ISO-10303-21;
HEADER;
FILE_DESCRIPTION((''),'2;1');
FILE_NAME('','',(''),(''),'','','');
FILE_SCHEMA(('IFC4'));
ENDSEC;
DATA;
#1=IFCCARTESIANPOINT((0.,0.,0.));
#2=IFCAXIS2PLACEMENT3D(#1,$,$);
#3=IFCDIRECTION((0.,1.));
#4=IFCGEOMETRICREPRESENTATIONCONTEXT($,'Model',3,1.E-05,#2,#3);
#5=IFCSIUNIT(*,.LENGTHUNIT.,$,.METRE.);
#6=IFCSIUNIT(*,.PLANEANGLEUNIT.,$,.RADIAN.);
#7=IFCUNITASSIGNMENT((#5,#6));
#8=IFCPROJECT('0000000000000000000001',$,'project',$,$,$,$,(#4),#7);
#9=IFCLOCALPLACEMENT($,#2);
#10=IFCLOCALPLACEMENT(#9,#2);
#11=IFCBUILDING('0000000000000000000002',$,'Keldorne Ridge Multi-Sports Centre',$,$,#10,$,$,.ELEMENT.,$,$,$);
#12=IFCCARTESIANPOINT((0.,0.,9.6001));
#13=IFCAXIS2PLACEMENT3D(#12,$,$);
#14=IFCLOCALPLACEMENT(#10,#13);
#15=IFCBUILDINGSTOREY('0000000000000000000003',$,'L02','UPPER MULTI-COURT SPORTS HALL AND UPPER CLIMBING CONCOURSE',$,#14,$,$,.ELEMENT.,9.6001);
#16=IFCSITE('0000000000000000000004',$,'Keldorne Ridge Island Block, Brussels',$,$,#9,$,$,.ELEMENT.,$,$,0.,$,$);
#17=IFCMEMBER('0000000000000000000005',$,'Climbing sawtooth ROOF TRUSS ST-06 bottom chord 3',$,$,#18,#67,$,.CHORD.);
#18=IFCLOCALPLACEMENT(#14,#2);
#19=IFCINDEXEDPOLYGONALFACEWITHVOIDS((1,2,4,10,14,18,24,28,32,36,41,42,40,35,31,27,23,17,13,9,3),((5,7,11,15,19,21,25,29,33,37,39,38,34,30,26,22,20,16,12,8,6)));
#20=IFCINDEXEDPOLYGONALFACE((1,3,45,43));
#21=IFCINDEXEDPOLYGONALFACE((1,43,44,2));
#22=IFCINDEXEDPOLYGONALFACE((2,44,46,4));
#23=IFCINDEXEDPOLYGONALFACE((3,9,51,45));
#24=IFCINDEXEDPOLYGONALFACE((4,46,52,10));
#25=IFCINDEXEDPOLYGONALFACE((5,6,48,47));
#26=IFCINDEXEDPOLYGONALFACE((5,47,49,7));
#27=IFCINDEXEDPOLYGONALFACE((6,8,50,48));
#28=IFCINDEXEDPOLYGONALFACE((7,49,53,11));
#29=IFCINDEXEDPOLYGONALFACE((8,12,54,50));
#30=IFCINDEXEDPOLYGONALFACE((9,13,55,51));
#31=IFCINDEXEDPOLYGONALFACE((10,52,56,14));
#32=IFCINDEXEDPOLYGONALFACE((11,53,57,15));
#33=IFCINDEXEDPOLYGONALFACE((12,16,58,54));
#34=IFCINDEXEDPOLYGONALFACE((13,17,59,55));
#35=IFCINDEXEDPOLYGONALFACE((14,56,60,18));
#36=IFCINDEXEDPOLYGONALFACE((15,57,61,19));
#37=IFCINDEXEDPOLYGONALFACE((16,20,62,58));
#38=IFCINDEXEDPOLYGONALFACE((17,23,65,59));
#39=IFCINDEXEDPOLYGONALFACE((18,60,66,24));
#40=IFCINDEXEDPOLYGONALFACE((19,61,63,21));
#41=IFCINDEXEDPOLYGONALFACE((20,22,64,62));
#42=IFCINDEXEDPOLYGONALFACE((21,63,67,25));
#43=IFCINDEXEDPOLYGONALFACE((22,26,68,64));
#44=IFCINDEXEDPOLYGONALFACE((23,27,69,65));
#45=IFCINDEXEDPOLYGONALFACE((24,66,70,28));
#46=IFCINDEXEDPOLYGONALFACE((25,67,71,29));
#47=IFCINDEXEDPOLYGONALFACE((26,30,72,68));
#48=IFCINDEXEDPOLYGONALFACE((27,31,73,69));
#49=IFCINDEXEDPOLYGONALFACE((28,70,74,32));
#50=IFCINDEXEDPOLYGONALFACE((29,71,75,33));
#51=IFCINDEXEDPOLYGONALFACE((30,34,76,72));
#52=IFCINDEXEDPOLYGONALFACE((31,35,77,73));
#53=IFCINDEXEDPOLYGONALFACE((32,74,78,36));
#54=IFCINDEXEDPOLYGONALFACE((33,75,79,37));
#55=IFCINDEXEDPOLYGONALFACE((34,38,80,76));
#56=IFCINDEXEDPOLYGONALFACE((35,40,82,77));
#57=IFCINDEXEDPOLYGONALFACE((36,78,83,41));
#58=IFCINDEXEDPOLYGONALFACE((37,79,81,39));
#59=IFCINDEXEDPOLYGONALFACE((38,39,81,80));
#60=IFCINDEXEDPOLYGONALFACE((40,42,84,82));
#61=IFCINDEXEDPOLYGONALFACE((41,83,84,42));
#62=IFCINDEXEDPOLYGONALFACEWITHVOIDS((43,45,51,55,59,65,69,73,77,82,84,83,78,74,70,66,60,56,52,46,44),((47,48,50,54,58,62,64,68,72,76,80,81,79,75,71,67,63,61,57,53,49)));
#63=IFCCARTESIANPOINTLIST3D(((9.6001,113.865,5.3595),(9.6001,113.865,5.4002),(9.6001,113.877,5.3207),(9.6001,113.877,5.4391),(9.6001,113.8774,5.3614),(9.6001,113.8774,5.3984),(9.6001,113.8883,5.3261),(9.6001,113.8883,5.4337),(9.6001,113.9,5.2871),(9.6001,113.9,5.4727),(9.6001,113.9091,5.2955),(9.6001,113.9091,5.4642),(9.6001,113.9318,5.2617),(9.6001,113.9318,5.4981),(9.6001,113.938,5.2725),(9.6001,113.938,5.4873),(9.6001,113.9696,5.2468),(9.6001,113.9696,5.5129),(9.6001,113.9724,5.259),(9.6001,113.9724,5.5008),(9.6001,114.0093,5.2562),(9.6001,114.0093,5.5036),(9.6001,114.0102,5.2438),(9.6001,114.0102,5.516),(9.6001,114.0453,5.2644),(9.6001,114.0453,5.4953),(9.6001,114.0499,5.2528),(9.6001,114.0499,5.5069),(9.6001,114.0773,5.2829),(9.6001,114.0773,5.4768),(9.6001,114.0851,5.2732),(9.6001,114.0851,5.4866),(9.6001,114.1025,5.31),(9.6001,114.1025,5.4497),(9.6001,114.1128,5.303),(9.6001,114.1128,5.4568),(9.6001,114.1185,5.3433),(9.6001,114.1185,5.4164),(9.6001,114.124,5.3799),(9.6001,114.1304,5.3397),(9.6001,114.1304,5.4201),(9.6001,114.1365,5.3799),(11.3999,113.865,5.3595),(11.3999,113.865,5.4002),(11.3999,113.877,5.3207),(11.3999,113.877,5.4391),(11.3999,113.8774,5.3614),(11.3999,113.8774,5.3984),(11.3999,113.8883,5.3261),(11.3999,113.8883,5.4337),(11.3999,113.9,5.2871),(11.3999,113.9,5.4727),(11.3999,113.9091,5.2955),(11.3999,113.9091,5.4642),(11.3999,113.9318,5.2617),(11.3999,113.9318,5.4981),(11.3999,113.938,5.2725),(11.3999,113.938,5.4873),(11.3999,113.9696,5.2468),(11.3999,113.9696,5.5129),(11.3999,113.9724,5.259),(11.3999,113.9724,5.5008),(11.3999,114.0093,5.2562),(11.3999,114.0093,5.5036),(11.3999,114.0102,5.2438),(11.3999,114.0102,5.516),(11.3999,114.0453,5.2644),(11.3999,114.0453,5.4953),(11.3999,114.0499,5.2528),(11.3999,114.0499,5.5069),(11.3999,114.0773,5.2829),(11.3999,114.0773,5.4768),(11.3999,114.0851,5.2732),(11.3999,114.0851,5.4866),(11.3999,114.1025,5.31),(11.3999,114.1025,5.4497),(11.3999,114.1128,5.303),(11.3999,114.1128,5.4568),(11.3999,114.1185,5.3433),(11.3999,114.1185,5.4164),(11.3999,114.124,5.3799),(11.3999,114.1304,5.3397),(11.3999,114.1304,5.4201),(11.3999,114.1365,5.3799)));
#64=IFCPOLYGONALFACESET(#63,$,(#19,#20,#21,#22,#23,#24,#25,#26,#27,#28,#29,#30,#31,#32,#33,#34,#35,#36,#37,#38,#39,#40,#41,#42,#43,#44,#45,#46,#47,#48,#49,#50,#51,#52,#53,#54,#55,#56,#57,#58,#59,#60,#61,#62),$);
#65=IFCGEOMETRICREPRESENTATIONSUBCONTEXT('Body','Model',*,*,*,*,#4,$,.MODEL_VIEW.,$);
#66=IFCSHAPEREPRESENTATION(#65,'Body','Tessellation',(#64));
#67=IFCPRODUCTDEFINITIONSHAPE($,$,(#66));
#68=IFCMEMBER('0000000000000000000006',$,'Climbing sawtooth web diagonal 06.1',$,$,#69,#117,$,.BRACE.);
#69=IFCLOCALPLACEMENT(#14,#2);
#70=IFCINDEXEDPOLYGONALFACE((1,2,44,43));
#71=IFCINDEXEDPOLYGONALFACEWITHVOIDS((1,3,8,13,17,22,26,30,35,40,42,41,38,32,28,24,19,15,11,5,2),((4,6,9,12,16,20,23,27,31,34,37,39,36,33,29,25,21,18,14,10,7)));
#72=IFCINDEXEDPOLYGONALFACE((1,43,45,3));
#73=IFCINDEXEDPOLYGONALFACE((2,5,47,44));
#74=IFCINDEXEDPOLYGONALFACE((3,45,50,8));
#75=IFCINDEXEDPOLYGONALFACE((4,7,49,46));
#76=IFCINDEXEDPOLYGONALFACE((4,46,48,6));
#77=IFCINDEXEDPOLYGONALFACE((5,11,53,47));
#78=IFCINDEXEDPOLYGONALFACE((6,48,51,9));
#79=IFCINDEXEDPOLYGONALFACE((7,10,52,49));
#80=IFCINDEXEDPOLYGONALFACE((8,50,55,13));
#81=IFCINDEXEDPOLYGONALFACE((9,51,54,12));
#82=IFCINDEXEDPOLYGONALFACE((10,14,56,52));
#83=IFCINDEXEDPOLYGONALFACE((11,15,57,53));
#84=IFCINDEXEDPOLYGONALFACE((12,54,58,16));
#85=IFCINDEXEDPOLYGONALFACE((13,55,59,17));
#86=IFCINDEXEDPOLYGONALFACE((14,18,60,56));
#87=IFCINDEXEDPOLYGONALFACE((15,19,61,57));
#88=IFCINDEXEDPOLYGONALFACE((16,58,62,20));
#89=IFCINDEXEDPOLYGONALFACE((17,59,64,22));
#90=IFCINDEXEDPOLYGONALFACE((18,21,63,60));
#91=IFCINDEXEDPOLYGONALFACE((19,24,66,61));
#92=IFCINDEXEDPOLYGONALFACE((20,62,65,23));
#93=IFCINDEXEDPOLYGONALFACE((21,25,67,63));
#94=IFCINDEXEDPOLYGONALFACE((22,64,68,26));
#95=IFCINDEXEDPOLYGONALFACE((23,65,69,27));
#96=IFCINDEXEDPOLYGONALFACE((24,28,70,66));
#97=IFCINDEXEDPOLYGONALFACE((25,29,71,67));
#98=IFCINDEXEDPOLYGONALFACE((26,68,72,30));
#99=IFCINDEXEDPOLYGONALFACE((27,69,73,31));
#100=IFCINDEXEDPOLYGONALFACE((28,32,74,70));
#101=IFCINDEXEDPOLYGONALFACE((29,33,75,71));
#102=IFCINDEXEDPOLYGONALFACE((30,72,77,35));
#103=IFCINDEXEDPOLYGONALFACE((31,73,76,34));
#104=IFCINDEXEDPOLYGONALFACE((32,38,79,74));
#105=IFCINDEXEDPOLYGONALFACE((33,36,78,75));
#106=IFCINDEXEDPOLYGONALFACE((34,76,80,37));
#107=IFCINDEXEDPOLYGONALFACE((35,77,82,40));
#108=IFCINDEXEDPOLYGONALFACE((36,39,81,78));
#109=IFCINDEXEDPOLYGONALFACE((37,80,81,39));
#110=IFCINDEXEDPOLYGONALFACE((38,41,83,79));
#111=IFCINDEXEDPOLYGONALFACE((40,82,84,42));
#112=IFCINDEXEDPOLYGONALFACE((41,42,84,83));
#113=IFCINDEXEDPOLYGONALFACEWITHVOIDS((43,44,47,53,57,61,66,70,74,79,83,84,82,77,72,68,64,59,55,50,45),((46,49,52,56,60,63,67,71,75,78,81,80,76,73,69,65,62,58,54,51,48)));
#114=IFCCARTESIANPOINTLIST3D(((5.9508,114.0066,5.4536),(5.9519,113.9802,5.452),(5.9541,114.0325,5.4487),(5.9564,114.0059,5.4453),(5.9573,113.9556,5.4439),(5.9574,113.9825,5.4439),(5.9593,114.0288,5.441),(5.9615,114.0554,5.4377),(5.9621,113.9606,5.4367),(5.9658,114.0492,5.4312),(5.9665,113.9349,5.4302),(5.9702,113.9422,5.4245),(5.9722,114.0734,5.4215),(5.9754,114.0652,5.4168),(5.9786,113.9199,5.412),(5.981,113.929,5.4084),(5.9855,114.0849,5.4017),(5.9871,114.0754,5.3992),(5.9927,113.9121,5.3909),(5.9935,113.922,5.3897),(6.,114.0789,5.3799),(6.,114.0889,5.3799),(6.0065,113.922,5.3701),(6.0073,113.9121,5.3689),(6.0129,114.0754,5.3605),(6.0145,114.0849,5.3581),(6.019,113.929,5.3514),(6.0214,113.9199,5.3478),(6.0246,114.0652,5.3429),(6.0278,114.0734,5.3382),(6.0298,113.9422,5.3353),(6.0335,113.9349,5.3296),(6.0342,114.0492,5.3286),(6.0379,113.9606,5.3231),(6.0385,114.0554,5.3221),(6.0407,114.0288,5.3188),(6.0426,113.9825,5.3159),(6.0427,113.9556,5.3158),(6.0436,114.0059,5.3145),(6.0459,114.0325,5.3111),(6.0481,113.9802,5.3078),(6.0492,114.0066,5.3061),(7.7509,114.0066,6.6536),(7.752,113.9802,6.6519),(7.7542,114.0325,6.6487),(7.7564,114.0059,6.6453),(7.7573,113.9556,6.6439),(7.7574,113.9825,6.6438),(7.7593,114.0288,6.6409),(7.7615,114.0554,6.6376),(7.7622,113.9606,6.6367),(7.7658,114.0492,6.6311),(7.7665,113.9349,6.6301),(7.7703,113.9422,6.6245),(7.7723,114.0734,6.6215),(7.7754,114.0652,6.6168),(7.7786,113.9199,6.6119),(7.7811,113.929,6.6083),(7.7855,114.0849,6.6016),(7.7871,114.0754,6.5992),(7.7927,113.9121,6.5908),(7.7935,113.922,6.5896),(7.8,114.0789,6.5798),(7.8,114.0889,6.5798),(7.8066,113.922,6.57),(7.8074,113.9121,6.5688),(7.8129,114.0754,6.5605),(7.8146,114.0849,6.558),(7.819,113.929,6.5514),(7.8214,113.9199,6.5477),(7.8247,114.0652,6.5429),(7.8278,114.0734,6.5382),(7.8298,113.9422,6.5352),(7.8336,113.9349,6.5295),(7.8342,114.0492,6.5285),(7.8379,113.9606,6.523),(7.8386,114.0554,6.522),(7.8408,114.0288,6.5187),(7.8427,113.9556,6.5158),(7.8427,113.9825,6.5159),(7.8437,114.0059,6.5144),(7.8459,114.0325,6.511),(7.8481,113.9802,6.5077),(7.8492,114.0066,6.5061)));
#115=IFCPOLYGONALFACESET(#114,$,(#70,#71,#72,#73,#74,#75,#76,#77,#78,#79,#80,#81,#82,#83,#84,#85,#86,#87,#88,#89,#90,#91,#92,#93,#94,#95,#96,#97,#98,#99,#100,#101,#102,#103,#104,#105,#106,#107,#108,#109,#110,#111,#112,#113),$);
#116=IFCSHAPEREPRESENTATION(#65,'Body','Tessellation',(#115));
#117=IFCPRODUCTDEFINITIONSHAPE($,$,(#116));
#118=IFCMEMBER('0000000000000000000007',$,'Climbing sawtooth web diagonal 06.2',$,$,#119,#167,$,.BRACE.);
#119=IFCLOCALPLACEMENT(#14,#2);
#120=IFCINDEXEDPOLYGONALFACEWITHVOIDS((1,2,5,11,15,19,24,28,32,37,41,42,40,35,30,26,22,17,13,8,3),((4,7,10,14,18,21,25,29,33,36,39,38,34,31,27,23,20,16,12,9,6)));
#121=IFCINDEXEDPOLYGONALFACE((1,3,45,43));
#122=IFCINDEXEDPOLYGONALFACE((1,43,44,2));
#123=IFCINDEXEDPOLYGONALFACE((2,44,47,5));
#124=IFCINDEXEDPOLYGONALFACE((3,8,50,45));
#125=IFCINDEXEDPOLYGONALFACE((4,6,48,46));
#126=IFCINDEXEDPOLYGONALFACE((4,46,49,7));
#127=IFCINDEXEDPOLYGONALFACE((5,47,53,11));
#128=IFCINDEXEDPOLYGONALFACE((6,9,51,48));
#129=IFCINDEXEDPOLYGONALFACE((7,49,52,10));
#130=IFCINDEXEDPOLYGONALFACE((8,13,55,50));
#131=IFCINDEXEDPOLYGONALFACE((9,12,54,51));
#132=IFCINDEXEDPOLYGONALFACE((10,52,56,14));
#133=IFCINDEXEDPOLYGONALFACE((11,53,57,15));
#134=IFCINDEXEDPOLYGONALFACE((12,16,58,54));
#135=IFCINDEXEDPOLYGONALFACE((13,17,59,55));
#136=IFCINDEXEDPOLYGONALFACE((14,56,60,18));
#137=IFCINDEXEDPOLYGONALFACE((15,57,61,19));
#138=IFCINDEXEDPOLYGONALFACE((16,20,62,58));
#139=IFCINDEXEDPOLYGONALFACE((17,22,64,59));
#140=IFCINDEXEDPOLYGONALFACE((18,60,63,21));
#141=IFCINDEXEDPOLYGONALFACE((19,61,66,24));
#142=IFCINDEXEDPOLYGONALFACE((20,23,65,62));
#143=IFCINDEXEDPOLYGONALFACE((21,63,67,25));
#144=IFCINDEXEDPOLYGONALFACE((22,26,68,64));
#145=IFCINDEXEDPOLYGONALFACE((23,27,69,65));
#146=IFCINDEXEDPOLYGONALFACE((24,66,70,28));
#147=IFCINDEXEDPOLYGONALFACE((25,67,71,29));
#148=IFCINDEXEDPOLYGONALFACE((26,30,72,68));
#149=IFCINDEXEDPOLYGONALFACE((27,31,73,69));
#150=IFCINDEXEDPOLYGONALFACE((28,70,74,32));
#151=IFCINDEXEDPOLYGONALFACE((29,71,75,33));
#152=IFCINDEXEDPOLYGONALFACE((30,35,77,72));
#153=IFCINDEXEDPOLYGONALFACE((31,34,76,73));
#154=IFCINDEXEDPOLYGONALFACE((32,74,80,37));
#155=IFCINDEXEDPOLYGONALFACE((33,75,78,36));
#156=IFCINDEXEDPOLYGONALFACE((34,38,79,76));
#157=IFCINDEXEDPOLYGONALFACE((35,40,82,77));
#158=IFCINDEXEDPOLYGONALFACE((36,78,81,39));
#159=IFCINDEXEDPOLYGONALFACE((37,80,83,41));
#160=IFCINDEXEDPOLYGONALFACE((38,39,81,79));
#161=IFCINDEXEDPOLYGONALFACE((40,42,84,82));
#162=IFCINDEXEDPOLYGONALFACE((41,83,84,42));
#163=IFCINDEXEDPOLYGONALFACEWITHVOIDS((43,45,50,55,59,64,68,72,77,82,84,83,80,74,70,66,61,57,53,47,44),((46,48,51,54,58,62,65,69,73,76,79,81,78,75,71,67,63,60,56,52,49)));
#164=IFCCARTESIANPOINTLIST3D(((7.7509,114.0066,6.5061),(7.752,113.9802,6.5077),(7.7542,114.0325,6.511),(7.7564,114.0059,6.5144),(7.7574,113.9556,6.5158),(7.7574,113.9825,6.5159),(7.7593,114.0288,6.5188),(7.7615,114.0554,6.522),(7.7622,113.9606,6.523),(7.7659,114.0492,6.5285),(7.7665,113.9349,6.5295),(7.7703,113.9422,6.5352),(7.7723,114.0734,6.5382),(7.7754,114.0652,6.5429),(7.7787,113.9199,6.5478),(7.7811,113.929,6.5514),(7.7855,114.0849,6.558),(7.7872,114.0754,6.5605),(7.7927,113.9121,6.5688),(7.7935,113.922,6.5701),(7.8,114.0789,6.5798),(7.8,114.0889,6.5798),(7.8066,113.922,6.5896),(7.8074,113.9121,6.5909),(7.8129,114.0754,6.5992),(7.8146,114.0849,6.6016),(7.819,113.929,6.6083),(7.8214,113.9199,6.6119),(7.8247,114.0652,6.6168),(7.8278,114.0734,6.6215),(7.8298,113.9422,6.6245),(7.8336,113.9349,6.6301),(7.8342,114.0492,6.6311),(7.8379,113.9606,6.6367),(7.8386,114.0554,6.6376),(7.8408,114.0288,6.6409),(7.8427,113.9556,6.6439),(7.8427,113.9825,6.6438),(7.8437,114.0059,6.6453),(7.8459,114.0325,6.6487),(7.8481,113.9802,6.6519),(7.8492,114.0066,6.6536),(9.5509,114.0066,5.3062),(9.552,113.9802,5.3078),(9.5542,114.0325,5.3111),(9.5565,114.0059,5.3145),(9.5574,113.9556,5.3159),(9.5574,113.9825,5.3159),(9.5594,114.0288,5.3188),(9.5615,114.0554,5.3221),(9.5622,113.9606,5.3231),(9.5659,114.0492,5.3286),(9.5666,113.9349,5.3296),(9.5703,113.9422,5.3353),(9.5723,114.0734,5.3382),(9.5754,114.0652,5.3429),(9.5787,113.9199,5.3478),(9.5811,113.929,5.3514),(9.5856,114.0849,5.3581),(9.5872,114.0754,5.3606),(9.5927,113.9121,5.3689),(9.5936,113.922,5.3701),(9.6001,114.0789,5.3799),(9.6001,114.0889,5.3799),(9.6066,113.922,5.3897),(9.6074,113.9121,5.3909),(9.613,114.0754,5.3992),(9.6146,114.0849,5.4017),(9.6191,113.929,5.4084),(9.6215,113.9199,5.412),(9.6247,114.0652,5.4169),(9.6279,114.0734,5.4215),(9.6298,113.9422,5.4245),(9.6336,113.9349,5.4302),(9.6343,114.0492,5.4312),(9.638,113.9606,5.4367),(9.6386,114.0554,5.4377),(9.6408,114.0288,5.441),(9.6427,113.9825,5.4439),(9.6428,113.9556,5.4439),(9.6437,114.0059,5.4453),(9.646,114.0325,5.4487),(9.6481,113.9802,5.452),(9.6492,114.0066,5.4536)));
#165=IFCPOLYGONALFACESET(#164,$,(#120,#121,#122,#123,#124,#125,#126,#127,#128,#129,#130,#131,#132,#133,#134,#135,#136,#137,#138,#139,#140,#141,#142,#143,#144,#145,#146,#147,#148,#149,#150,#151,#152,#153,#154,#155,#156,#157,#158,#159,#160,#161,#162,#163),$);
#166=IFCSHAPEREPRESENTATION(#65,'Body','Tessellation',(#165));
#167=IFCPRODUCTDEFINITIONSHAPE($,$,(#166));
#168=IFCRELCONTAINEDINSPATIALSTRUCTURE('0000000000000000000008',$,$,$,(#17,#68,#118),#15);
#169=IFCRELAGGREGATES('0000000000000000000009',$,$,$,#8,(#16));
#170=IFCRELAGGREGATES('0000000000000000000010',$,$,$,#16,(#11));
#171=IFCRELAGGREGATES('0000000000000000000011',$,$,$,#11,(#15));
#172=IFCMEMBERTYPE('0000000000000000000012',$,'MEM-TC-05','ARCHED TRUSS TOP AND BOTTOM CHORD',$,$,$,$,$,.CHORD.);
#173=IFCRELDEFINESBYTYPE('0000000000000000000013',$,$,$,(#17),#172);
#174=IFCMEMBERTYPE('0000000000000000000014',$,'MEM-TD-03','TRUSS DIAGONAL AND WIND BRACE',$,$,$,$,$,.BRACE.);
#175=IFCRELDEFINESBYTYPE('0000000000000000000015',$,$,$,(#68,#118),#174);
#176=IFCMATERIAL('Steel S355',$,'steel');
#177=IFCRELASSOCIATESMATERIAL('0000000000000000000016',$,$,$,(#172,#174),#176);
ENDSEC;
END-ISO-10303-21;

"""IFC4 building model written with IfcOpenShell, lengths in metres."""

from ifc_helpers import new_model, si_unit, direction, frame, origin, origin_2d, place, context, subcontext, project, spatial, hollow_circle, extrude, material, material_profile, profile_set, type_object, element, save


model = new_model("IFC4")

# Units and contexts
model_context = context("Model", 3, precision=1e-05, world=origin(), true_north=direction((0.0, 1.0)))
body_context = subcontext(model_context, "Body", "Model", "MODEL_VIEW")
ifc_project = project(units=[si_unit("LENGTHUNIT", "METRE"), si_unit("PLANEANGLEUNIT", "RADIAN")], contexts=[model_context])

# Site, building, storey
site_placement = place(None, origin())
site = spatial("IfcSite", under=ifc_project, at=site_placement, Name="Keldorne Ridge Island Block, Brussels", CompositionType="ELEMENT", RefElevation=0.0)
building_placement = place(site_placement, origin())
building = spatial("IfcBuilding", under=site, at=building_placement, Name="Keldorne Ridge Multi-Sports Centre", CompositionType="ELEMENT")
storey_placement = place(building_placement, frame((0.0, 0.0, 9.6001)))
storey = spatial("IfcBuildingStorey", under=building, at=storey_placement, Name="L02", Description="UPPER MULTI-COURT SPORTS HALL AND UPPER CLIMBING CONCOURSE", CompositionType="ELEMENT", Elevation=9.6001)

# Shared definitions
ifc_material_1 = material(Name="Steel S355", Category="steel")

# Members
ifc_material_profile_1 = material_profile(ifc_material_1, hollow_circle(Radius=0.1365, WallThickness=0.0125, at=origin_2d()), Name="CHS 273x12.5")
ifc_profile_set_1 = profile_set([ifc_material_profile_1], Name="Steel S355")
member_type_1 = type_object("IfcMemberType", Name="MEM-TC-05", Description="ARCHED TRUSS TOP AND BOTTOM CHORD", PredefinedType="CHORD", material=ifc_profile_set_1)
member_1_placement = place(storey_placement, frame((9.6001, 114.0, 5.3799), z_axis=(1.0, 0.0, 0.0), x_axis=(0.0, 1.0, 0.0)))
element("IfcMember", 1, at=member_1_placement, inside=storey, type_object=member_type_1, Name="Climbing sawtooth ROOF TRUSS ST-06 bottom chord 3", PredefinedType="CHORD", context=body_context, shape_type="SweptSolid", body=[
    extrude(hollow_circle(Radius=0.1365, WallThickness=0.0125, at=origin_2d()), origin(), (0.0, 0.0, 1.0), 1.7998),
])
ifc_material_profile_2 = material_profile(ifc_material_1, hollow_circle(Radius=0.0889, WallThickness=0.01, at=origin_2d()), Name="CHS 177.8x10")
ifc_profile_set_2 = profile_set([ifc_material_profile_2], Name="Steel S355")
member_type_2 = type_object("IfcMemberType", Name="MEM-TD-03", Description="TRUSS DIAGONAL AND WIND BRACE", PredefinedType="BRACE", material=ifc_profile_set_2)
for number, where, z_axis, x_axis, name in (
    (2, (6.0, 114.0, 5.3799), (0.832068, 0.0, 0.554674), (0.0, 1.0, 0.0), "Climbing sawtooth web diagonal 06.1"),
    (3, (7.8, 114.0, 6.5798), (0.832068, 0.0, -0.554674), (0.0, 1.0, 0.0), "Climbing sawtooth web diagonal 06.2"),
):
    element("IfcMember", number, at=place(storey_placement, frame(where, z_axis=z_axis, x_axis=x_axis)), inside=storey, type_object=member_type_2, Name=name, PredefinedType="BRACE", context=body_context, shape_type="SweptSolid", body=[
        extrude(hollow_circle(Radius=0.0889, WallThickness=0.01, at=origin_2d()), origin(), (0.0, 0.0, 1.0), 2.1633),
    ])

save(model, "model.ifc")
